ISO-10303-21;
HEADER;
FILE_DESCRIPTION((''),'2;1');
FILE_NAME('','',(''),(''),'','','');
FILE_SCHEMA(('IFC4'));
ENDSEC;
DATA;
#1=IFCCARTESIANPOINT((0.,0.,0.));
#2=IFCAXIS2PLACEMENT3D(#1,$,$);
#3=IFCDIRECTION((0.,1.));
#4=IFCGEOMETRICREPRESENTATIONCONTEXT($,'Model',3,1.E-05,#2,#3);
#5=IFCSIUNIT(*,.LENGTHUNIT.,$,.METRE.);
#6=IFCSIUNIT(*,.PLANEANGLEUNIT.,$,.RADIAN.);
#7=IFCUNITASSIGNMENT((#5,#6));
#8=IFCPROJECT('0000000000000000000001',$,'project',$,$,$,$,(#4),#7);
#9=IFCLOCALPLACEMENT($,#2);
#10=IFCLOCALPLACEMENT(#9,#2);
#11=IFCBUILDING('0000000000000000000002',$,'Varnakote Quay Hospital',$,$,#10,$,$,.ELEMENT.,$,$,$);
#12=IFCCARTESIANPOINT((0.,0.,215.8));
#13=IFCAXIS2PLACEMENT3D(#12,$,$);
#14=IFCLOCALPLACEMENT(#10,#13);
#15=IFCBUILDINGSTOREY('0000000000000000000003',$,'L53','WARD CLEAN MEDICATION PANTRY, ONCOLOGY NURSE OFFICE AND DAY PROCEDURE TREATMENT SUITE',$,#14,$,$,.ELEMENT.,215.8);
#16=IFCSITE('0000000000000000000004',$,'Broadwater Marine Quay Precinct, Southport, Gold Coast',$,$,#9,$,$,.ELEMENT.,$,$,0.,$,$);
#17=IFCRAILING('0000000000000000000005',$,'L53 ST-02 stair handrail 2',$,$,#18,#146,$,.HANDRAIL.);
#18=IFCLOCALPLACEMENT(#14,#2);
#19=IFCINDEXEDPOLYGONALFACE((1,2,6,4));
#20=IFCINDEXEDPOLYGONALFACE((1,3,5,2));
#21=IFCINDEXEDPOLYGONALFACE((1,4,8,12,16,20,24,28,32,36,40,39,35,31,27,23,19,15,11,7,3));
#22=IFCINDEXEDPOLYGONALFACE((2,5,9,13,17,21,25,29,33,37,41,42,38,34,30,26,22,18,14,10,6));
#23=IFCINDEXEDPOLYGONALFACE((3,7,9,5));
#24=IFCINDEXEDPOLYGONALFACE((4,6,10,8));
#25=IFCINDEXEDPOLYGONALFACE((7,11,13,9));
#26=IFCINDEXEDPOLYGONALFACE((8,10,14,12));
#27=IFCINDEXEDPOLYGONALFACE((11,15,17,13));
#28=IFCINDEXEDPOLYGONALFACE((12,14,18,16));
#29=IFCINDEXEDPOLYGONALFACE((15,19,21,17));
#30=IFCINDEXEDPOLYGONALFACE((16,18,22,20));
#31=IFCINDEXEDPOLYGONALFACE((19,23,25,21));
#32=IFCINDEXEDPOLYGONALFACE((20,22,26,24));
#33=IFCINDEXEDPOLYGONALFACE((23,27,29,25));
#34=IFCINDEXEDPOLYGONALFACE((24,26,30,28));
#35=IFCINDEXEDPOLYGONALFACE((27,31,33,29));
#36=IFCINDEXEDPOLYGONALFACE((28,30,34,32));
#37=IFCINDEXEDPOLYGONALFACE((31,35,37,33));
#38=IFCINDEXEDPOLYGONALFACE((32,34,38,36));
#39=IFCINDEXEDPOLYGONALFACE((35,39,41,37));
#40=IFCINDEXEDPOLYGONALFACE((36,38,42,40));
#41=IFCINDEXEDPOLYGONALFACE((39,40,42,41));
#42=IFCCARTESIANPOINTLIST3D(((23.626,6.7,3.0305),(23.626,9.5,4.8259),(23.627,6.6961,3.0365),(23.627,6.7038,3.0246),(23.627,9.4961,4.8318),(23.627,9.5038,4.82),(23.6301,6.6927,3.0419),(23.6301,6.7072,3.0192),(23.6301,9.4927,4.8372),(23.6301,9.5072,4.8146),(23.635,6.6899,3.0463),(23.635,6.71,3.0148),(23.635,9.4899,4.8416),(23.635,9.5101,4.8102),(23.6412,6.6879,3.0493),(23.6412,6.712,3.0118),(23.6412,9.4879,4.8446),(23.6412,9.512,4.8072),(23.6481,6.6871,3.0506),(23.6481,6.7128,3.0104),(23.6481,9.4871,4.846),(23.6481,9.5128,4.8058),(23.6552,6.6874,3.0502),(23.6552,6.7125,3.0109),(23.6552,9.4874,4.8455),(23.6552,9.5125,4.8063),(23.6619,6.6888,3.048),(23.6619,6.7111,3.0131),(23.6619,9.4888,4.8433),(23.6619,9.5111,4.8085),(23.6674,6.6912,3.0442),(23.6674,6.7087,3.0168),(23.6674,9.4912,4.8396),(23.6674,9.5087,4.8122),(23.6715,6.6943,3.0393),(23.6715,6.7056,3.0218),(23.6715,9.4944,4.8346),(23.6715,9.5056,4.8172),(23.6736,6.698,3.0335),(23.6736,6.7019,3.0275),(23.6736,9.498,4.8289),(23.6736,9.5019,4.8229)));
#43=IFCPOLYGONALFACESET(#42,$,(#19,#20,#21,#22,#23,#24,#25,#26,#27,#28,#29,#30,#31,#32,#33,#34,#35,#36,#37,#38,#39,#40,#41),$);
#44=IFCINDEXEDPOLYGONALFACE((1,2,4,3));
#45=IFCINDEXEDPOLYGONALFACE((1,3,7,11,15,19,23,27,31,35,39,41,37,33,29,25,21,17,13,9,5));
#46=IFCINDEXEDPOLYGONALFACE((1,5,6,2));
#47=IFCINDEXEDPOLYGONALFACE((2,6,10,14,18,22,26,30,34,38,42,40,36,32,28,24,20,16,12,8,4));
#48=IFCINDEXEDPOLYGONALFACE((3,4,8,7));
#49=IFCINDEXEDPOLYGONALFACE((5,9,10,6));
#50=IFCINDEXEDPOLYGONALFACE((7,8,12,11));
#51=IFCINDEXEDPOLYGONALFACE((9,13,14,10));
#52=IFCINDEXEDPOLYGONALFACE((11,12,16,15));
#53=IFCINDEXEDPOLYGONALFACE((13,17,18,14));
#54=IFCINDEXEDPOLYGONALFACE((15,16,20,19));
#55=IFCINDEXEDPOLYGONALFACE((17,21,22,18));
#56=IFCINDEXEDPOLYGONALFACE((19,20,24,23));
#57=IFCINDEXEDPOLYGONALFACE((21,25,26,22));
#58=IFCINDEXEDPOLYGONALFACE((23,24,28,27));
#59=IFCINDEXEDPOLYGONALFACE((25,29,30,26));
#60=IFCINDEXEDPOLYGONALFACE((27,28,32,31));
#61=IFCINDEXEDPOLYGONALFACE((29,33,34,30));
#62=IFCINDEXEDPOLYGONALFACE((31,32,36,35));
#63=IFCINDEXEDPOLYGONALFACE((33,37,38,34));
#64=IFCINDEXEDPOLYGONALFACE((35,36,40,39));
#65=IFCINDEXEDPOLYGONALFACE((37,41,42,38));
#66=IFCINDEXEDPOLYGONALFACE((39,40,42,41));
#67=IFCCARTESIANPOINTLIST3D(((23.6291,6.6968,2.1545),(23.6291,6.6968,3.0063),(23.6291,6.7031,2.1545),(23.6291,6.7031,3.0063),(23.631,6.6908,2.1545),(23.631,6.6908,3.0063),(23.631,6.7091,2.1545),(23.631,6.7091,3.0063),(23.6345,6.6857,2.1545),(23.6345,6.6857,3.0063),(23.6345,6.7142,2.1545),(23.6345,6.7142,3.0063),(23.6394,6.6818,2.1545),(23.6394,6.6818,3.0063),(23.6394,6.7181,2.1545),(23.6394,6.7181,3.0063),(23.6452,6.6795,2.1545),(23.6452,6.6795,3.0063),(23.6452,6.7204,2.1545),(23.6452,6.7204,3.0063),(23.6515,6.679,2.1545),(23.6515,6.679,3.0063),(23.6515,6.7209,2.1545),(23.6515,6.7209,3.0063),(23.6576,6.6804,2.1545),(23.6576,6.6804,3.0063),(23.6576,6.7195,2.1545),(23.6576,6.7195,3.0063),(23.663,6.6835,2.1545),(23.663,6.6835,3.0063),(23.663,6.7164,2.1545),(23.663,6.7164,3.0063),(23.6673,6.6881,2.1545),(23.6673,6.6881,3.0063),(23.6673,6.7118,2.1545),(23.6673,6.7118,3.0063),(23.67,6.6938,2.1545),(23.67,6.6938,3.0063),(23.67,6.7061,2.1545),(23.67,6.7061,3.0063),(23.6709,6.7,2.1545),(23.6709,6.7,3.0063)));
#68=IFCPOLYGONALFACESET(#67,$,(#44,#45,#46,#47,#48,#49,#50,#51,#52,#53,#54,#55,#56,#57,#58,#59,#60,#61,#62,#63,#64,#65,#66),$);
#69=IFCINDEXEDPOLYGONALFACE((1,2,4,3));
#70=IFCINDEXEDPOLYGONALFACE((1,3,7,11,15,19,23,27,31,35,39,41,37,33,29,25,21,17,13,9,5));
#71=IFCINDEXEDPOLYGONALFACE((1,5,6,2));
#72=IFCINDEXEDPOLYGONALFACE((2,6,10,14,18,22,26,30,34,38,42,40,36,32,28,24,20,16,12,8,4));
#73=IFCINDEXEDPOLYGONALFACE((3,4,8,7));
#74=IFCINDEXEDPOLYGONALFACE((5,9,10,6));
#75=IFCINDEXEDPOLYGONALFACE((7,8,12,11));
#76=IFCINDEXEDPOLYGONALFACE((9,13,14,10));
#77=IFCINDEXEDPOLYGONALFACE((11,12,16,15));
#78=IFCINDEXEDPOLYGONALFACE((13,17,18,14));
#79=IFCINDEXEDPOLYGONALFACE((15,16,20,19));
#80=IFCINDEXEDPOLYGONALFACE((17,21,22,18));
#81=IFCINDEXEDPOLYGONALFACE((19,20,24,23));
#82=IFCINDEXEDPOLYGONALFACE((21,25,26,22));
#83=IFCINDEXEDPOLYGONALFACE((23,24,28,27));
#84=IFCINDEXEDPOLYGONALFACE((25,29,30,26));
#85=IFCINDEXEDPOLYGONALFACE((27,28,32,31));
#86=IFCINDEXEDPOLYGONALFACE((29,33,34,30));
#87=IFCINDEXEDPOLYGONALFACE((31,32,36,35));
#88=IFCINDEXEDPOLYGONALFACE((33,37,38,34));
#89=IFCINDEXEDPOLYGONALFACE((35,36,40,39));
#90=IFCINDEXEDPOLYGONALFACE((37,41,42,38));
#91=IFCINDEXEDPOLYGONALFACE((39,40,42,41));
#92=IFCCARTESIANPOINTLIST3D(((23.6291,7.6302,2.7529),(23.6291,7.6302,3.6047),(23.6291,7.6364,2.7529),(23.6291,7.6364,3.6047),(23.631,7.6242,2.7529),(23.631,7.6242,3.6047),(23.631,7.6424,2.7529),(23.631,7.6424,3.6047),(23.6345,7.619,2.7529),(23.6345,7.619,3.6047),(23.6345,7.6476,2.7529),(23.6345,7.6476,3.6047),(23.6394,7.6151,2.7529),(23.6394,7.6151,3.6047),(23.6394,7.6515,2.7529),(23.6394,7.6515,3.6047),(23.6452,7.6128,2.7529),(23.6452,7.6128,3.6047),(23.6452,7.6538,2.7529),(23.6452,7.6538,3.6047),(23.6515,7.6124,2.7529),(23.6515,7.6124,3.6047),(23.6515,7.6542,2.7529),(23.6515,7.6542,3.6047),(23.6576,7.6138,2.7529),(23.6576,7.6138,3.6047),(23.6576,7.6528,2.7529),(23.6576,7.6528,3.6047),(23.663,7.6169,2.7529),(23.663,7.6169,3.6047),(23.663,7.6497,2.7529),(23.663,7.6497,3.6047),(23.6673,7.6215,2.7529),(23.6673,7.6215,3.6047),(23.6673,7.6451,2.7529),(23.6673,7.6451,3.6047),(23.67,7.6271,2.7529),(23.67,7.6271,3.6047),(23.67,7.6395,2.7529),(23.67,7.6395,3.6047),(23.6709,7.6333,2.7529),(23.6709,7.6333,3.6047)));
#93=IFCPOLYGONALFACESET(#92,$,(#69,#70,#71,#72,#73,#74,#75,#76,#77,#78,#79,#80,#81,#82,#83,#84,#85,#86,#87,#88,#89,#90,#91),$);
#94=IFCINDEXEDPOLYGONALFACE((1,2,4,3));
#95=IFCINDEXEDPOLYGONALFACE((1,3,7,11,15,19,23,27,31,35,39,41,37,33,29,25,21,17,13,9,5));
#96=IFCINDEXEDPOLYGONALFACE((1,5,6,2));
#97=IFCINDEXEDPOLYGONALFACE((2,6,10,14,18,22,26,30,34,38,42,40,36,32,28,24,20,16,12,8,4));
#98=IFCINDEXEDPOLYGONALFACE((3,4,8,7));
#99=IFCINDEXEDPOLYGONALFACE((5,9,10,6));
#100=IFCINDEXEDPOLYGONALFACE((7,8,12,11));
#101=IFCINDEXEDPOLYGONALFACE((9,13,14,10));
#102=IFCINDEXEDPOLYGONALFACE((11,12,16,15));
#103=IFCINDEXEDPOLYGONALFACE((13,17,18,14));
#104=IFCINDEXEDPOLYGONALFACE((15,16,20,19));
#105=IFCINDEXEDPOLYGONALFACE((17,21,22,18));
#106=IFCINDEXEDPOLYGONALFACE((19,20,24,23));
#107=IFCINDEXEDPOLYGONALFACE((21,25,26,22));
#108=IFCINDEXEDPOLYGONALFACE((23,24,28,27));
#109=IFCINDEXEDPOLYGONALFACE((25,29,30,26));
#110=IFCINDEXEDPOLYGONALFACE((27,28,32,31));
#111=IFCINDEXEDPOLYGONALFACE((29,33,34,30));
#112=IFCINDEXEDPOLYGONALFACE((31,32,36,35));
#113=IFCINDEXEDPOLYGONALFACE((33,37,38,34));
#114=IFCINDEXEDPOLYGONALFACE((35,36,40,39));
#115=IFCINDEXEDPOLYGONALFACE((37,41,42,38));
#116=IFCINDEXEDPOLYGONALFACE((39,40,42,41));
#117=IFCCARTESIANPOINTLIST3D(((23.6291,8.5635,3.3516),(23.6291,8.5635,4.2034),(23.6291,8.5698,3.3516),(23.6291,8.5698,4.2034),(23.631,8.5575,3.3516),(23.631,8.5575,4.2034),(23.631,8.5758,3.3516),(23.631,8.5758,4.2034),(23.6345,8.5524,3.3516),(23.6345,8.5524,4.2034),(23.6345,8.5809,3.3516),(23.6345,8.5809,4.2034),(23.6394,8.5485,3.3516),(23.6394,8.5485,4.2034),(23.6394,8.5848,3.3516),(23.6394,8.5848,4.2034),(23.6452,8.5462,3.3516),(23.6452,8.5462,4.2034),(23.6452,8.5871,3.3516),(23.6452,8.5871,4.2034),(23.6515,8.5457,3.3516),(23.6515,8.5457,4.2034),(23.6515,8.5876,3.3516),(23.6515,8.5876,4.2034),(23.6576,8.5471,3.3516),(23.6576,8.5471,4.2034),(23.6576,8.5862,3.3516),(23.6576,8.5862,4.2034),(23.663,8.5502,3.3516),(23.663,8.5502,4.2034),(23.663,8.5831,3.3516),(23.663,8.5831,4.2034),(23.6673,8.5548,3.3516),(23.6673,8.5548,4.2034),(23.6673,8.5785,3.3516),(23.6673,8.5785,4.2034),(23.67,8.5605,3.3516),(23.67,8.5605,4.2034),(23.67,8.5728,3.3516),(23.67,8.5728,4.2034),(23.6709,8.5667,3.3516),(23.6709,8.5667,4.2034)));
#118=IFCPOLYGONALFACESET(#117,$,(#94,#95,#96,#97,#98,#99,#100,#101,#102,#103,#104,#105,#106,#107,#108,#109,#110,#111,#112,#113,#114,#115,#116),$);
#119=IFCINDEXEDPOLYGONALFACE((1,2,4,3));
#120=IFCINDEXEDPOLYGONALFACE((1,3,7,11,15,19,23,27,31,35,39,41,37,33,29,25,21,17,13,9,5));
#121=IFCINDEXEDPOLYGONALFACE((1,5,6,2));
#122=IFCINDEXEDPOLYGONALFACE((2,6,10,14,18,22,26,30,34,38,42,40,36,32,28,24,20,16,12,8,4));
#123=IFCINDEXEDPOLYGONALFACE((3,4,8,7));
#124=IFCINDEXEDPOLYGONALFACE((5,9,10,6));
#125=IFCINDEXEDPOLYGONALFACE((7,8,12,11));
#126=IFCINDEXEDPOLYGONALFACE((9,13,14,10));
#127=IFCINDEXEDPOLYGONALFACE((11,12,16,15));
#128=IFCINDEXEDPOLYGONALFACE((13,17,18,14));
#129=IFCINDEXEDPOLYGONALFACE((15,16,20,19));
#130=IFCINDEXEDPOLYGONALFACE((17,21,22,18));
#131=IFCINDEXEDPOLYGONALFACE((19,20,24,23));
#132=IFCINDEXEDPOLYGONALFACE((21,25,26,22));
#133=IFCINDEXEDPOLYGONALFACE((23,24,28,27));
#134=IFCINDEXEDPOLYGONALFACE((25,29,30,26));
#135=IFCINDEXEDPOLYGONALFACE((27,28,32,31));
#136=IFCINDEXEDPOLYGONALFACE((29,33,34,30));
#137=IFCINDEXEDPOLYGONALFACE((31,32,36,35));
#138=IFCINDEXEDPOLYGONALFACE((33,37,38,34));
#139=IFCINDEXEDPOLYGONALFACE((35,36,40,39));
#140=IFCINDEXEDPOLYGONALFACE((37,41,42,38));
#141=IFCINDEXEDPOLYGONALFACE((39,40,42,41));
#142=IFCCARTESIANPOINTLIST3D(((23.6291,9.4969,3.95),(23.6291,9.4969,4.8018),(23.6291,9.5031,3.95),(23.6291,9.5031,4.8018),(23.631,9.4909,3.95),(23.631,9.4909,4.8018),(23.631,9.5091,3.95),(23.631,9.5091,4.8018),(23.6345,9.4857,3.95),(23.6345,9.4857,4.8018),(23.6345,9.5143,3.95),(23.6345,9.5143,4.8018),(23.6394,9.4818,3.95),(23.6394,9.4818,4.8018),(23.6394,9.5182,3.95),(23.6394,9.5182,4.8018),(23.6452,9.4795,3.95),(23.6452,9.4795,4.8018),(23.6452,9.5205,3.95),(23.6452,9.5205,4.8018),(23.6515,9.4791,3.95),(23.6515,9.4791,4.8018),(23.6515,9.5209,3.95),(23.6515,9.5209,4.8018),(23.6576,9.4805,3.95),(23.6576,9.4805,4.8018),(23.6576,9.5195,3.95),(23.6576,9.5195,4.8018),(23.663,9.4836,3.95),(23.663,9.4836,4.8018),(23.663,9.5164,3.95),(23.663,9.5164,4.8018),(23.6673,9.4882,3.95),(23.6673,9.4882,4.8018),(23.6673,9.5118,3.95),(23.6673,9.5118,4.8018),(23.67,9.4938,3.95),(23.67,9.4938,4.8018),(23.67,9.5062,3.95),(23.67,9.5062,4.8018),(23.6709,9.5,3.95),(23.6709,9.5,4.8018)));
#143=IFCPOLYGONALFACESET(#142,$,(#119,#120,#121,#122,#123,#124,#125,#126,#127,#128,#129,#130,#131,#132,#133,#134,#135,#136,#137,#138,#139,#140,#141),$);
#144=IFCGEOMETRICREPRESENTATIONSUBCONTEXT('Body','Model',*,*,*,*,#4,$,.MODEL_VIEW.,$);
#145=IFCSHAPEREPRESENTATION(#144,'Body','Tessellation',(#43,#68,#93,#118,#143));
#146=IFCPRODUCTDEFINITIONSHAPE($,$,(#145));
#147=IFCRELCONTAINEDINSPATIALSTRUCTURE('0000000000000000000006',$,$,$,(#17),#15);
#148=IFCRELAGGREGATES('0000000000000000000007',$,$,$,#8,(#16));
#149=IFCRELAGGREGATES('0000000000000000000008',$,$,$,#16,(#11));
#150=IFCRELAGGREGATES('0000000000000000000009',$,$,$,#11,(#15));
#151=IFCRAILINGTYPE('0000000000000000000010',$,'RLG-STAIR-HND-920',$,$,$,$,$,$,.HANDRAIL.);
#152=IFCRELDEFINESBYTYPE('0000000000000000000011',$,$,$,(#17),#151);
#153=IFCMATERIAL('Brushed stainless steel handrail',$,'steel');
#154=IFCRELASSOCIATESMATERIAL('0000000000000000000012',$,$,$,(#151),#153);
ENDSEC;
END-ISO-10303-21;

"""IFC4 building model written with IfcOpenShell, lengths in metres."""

from ifc_helpers import new_model, si_unit, direction, frame, origin, origin_2d, place, context, subcontext, project, spatial, circle, extrude, material, type_object, element, save


model = new_model("IFC4")

# Units and contexts
model_context = context("Model", 3, precision=1e-05, world=origin(), true_north=direction((0.0, 1.0)))
body_context = subcontext(model_context, "Body", "Model", "MODEL_VIEW")
ifc_project = project(units=[si_unit("LENGTHUNIT", "METRE"), si_unit("PLANEANGLEUNIT", "RADIAN")], contexts=[model_context])

# Site, building, storey
site_placement = place(None, origin())
site = spatial("IfcSite", under=ifc_project, at=site_placement, Name="Broadwater Marine Quay Precinct, Southport, Gold Coast", CompositionType="ELEMENT", RefElevation=0.0)
building_placement = place(site_placement, origin())
building = spatial("IfcBuilding", under=site, at=building_placement, Name="Varnakote Quay Hospital", CompositionType="ELEMENT")
storey_placement = place(building_placement, frame((0.0, 0.0, 215.8)))
storey = spatial("IfcBuildingStorey", under=building, at=storey_placement, Name="L53", Description="WARD CLEAN MEDICATION PANTRY, ONCOLOGY NURSE OFFICE AND DAY PROCEDURE TREATMENT SUITE", CompositionType="ELEMENT", Elevation=215.8)

# Railing
ifc_material_1 = material(Name="Brushed stainless steel handrail", Category="steel")
railing_type_1 = type_object("IfcRailingType", Name="RLG-STAIR-HND-920", PredefinedType="HANDRAIL", material=ifc_material_1)
railing_1_placement = place(storey_placement, frame((23.6499, 6.7, 2.1545)))
element("IfcRailing", 1, at=railing_1_placement, inside=storey, type_object=railing_type_1, Name="L53 ST-02 stair handrail 2", PredefinedType="HANDRAIL", context=body_context, shape_type="SweptSolid", body=[
    extrude(circle(Radius=0.0239, at=origin_2d()), frame((0.0, 0.0, 0.876), z_axis=(0.0, 0.84181, 0.539774), x_axis=(-1.0, 0.0, 0.0)), (0.0, 0.0, 1.0), 3.3262),
    extrude(circle(Radius=0.021, at=origin_2d()), origin(), (0.0, 0.0, 1.0), 0.8518),
    extrude(circle(Radius=0.021, at=origin_2d()), frame((0.0, 0.9333, 0.5984)), (0.0, 0.0, 1.0), 0.8518),
    extrude(circle(Radius=0.021, at=origin_2d()), frame((0.0, 1.8667, 1.197)), (0.0, 0.0, 1.0), 0.8518),
    extrude(circle(Radius=0.021, at=origin_2d()), frame((0.0, 2.8, 1.7954)), (0.0, 0.0, 1.0), 0.8518),
])

save(model, "model.ifc")
